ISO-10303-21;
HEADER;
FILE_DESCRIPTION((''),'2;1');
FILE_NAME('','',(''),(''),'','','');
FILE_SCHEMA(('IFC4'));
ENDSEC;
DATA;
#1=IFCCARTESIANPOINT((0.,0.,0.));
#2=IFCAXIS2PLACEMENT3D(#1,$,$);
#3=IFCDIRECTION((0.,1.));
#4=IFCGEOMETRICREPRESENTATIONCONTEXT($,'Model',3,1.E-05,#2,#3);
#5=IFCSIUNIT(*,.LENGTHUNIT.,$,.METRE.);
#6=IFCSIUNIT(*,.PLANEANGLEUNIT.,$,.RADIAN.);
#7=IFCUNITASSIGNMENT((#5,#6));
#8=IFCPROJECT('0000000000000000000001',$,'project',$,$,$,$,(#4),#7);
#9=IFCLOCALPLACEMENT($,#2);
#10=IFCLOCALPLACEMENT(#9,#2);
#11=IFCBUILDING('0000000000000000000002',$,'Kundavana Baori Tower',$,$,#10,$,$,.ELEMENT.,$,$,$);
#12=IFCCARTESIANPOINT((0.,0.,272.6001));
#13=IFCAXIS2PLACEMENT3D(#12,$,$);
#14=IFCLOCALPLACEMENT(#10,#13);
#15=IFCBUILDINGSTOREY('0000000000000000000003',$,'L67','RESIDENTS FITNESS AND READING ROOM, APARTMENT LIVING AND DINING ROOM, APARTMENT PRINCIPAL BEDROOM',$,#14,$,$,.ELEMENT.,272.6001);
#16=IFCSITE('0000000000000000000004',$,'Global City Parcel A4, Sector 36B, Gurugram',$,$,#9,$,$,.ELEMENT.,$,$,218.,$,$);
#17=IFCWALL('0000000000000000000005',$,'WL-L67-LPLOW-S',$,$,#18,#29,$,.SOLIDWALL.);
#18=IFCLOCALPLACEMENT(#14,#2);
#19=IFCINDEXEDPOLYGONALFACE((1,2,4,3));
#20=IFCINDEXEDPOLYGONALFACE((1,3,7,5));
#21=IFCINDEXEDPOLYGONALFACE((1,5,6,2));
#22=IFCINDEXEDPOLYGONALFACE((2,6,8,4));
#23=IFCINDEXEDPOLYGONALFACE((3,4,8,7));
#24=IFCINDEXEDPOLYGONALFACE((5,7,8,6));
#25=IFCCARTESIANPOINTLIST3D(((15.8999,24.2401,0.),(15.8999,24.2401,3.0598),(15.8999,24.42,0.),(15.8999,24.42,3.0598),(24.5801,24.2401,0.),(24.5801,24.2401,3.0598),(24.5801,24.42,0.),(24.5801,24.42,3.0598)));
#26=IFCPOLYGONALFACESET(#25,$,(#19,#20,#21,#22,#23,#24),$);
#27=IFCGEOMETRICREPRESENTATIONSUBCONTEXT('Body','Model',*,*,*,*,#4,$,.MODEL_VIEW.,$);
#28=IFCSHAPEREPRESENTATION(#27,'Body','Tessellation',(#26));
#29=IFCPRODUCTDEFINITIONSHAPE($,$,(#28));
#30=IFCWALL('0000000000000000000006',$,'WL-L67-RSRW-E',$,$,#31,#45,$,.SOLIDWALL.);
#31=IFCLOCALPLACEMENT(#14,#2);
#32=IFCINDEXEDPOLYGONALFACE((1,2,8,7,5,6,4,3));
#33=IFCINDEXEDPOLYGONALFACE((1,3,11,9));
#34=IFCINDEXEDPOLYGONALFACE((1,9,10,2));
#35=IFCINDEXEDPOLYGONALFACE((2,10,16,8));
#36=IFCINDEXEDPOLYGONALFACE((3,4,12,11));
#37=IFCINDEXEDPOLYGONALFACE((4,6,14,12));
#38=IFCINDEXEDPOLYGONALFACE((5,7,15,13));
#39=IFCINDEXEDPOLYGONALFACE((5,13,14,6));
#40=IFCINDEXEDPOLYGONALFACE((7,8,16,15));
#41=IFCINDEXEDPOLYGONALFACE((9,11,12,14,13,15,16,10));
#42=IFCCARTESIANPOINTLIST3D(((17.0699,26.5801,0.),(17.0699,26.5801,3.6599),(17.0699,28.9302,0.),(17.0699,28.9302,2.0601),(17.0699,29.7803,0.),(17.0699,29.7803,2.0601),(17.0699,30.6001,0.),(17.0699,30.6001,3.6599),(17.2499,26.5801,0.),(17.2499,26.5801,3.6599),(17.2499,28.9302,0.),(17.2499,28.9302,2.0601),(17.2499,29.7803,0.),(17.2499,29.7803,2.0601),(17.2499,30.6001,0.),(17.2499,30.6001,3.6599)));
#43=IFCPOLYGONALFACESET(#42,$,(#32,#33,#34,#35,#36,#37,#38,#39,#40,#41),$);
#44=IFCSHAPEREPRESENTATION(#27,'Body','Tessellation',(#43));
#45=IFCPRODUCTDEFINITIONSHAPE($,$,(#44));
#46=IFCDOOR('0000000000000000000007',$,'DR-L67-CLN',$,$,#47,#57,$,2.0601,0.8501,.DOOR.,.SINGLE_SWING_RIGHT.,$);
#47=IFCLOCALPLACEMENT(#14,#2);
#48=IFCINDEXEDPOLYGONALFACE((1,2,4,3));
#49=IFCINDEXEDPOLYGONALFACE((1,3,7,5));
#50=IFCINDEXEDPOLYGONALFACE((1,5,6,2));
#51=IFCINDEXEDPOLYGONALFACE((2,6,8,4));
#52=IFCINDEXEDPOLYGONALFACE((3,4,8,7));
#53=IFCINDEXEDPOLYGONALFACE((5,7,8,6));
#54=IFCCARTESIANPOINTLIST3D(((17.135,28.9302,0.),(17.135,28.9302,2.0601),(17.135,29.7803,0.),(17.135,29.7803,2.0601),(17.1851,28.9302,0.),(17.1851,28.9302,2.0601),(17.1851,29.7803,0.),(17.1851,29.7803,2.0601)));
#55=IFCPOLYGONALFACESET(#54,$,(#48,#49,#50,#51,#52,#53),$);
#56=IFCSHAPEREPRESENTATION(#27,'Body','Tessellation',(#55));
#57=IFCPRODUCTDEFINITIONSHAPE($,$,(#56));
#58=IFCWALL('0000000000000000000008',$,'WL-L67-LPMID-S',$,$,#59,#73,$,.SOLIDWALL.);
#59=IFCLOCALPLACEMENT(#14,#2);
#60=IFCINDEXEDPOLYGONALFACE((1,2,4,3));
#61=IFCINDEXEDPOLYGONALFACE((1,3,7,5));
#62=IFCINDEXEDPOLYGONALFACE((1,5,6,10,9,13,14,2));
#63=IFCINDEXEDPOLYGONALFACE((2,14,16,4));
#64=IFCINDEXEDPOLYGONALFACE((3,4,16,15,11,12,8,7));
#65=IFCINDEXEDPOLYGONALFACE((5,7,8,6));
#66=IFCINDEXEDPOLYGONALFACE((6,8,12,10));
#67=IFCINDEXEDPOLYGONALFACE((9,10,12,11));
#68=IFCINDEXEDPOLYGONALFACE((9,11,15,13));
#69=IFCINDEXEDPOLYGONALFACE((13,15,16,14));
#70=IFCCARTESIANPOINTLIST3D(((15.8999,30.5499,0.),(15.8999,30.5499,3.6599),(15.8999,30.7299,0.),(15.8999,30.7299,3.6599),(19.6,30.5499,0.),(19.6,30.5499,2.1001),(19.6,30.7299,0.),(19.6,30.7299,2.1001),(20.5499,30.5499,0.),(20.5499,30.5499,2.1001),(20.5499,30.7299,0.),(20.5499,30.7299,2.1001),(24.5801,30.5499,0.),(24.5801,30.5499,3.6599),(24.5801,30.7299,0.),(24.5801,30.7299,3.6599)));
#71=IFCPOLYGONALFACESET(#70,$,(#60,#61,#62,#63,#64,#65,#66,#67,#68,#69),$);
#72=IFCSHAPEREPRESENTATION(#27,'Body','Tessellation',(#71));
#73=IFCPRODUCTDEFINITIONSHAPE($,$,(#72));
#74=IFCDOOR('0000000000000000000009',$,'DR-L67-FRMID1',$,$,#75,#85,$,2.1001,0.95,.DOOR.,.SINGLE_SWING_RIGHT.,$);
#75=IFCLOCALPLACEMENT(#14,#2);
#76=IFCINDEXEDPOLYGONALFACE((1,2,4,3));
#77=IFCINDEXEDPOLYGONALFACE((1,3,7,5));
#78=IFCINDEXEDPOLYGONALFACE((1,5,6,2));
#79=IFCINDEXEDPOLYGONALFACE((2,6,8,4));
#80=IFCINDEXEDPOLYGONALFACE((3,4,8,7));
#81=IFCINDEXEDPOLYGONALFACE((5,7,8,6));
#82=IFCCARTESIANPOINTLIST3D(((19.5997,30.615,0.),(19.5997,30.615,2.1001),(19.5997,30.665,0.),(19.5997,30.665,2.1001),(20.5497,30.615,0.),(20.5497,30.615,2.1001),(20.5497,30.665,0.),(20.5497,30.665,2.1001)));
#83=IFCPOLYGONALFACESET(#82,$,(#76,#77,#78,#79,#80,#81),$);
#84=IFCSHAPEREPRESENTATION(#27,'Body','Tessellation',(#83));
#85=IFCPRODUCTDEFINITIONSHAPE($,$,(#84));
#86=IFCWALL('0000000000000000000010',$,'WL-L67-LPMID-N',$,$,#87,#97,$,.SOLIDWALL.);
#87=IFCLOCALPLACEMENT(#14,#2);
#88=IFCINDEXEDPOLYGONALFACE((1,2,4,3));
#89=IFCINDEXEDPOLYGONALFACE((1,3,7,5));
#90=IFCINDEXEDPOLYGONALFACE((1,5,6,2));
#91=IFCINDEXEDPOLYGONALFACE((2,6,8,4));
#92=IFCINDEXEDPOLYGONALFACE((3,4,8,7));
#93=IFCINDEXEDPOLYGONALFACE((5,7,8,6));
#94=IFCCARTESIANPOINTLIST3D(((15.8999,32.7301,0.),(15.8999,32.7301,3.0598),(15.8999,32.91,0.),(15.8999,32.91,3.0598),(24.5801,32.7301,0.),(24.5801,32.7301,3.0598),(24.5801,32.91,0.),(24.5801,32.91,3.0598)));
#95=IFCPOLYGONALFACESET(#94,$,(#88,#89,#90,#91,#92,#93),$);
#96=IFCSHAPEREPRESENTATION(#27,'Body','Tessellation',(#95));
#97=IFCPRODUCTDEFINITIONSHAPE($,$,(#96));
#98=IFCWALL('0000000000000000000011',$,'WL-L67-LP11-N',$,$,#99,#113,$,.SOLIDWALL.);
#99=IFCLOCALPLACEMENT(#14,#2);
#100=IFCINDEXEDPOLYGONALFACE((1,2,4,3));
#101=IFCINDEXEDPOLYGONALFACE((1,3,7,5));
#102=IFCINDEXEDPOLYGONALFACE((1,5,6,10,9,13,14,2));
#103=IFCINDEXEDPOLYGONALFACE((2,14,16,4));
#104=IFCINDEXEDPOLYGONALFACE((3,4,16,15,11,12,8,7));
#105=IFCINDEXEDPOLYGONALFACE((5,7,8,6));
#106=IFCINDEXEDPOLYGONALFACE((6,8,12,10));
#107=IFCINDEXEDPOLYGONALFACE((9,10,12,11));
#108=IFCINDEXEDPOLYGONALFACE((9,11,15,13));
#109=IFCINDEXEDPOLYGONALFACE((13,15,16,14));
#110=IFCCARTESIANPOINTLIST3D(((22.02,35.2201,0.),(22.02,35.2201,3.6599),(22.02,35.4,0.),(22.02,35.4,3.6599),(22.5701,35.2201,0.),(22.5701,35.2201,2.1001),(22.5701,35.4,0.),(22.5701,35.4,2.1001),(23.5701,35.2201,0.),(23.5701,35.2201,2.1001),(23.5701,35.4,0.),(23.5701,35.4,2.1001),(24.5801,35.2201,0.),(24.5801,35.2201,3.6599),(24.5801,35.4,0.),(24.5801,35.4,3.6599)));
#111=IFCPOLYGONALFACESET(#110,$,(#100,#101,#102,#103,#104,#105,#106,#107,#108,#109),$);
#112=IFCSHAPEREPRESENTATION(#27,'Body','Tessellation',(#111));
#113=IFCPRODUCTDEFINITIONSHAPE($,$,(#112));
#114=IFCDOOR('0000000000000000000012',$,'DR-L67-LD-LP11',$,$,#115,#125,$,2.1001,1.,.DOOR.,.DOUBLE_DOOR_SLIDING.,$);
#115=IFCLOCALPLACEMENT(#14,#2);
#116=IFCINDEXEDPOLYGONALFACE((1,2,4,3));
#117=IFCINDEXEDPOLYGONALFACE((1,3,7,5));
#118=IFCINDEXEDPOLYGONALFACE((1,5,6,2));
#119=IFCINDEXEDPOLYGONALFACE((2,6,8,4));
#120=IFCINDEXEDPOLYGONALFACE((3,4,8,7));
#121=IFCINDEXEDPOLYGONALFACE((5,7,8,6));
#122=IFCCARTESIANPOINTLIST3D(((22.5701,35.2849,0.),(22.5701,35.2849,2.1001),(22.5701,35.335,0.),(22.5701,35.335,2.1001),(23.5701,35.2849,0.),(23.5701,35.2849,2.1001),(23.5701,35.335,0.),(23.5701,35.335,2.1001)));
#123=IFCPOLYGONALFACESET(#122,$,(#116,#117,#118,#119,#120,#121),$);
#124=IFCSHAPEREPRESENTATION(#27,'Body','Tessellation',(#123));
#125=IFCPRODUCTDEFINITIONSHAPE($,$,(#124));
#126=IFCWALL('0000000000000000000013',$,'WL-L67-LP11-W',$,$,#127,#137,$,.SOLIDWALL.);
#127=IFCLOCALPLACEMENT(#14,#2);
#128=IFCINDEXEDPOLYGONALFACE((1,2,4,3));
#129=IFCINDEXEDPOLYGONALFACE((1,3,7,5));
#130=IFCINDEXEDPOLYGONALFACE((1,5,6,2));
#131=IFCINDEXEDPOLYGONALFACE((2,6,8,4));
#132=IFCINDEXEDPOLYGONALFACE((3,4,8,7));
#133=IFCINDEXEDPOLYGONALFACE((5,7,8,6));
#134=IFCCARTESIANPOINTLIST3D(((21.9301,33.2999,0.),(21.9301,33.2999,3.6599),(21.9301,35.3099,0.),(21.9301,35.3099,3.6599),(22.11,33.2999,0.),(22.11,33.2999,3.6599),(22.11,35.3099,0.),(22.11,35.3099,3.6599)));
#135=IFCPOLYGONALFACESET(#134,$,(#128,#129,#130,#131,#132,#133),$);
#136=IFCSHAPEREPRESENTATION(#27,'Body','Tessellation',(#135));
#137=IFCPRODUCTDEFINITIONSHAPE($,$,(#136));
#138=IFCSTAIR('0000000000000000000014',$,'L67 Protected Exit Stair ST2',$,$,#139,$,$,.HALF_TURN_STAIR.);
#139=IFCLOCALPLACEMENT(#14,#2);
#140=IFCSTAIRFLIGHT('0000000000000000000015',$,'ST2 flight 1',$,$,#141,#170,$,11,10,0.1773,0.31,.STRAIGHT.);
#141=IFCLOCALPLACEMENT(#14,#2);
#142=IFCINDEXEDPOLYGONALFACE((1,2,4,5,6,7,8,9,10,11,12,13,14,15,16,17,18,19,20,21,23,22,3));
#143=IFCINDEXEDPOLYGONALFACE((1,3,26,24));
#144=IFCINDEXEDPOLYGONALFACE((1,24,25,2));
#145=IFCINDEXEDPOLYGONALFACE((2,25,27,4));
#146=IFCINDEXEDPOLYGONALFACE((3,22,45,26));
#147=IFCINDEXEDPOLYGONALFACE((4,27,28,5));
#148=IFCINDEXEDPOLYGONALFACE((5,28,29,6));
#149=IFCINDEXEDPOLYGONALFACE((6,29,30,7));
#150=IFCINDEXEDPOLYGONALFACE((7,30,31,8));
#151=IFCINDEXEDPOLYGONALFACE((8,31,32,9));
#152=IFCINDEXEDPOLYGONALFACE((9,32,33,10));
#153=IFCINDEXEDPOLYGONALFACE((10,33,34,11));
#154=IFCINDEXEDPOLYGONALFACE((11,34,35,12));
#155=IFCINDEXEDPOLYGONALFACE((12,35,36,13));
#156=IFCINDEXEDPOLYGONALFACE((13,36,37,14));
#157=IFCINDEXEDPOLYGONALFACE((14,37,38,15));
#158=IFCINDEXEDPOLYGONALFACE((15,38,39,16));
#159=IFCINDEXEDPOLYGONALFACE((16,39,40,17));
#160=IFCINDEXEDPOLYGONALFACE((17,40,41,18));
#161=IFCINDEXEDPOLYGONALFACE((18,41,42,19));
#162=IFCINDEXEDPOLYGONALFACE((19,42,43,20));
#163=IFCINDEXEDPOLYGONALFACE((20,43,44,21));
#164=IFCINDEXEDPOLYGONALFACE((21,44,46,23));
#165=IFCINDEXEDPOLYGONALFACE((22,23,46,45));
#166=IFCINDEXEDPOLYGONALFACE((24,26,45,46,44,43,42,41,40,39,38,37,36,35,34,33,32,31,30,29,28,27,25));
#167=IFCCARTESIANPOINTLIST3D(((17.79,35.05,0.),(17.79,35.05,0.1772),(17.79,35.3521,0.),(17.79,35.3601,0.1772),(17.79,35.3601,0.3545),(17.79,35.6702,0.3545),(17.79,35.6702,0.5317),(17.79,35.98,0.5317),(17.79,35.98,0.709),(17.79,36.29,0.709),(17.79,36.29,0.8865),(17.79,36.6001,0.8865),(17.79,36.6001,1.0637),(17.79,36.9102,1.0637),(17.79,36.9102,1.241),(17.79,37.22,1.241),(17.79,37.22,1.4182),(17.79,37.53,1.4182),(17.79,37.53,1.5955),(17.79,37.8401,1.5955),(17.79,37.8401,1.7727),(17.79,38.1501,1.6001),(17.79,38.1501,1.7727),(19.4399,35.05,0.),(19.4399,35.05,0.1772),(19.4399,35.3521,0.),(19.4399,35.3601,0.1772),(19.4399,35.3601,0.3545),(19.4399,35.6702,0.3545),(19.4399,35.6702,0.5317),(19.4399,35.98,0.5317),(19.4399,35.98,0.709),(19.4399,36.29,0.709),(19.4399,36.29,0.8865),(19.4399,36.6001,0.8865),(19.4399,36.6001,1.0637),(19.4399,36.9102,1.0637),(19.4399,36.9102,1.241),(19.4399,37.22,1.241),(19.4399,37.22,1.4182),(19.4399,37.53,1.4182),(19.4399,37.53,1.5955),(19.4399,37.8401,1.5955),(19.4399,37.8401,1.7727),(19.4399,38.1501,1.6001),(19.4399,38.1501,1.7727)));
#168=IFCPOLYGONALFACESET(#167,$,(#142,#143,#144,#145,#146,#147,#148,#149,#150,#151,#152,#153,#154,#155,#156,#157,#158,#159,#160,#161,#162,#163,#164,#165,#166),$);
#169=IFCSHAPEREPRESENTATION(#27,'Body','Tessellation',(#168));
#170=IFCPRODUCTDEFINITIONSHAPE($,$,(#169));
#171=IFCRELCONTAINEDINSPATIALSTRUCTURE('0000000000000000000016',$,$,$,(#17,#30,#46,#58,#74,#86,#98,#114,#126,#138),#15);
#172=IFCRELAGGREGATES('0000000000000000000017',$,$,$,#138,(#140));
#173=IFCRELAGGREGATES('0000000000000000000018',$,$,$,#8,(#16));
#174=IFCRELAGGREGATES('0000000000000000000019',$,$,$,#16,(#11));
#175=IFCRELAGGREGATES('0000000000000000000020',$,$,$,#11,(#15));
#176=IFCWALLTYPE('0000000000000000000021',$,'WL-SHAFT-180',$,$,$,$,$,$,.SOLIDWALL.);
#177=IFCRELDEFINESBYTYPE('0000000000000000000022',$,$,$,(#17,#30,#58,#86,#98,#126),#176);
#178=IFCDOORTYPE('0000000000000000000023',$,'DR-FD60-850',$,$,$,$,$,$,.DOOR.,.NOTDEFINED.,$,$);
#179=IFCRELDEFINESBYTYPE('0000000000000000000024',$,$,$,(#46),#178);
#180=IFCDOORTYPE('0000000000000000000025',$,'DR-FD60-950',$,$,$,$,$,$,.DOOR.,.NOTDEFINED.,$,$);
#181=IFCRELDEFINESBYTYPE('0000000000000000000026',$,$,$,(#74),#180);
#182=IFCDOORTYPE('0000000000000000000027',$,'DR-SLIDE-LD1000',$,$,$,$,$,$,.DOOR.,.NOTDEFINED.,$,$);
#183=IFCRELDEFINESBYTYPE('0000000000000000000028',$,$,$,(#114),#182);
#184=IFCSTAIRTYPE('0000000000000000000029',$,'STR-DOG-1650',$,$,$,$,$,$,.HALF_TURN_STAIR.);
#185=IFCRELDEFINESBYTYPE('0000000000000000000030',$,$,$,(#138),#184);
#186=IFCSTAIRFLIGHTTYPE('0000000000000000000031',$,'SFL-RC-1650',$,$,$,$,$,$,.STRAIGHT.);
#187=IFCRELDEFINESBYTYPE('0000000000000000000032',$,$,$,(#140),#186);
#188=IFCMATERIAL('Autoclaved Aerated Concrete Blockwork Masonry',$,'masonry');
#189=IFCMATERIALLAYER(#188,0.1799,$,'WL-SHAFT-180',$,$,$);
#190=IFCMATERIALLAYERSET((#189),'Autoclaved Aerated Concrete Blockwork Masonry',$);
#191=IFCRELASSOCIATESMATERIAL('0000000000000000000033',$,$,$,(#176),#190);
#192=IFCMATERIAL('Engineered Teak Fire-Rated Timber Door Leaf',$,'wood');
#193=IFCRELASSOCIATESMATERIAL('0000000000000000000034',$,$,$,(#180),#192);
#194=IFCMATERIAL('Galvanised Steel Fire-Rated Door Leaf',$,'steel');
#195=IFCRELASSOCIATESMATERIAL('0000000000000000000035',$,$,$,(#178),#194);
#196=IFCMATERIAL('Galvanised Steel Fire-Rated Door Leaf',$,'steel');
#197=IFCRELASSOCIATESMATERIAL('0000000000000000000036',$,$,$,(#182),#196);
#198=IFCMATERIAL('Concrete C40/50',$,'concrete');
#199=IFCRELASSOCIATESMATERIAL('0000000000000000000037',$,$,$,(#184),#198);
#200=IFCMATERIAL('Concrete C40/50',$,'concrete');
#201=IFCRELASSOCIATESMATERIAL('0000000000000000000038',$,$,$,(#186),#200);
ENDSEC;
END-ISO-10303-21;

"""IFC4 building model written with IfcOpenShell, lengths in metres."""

from ifc_helpers import new_model, si_unit, direction, frame, frame_2d, origin, place, context, subcontext, project, spatial, polyline, rectangle, outline, extrude, material, layer, layer_set, type_object, element, fill, aggregate, save


model = new_model("IFC4")

# Units and contexts
model_context = context("Model", 3, precision=1e-05, world=origin(), true_north=direction((0.0, 1.0)))
body_context = subcontext(model_context, "Body", "Model", "MODEL_VIEW")
ifc_project = project(units=[si_unit("LENGTHUNIT", "METRE"), si_unit("PLANEANGLEUNIT", "RADIAN")], contexts=[model_context])

# Site, building, storey
site_placement = place(None, origin())
site = spatial("IfcSite", under=ifc_project, at=site_placement, Name="Global City Parcel A4, Sector 36B, Gurugram", CompositionType="ELEMENT", RefElevation=218.0)
building_placement = place(site_placement, origin())
building = spatial("IfcBuilding", under=site, at=building_placement, Name="Kundavana Baori Tower", CompositionType="ELEMENT")
storey_placement = place(building_placement, frame((0.0, 0.0, 272.6001)))
storey = spatial("IfcBuildingStorey", under=building, at=storey_placement, Name="L67", Description="RESIDENTS FITNESS AND READING ROOM, APARTMENT LIVING AND DINING ROOM, APARTMENT PRINCIPAL BEDROOM", CompositionType="ELEMENT", Elevation=272.6001)

# Shared definitions
ifc_material_1 = material(Name="Autoclaved Aerated Concrete Blockwork Masonry", Category="masonry")
ifc_layer_1 = layer(ifc_material_1, 0.1799, Name="WL-SHAFT-180")
ifc_layer_set_1 = layer_set([ifc_layer_1], Name="Autoclaved Aerated Concrete Blockwork Masonry")
wall_type_1 = type_object("IfcWallType", Name="WL-SHAFT-180", PredefinedType="SOLIDWALL", material=ifc_layer_set_1)
ifc_material_2 = material(Name="Engineered Teak Fire-Rated Timber Door Leaf", Category="wood")
door_type_1 = type_object("IfcDoorType", Name="DR-FD60-950", OperationType="NOTDEFINED", PredefinedType="DOOR", material=ifc_material_2)

# Wall
wall_1_placement = place(storey_placement, frame((15.8999, 24.3301, 0.0), z_axis=(0.0, 0.0, 1.0), x_axis=(1.0, 0.0, 0.0)))
element("IfcWall", 1, at=wall_1_placement, inside=storey, type_object=wall_type_1, Name="WL-L67-LPLOW-S", PredefinedType="SOLIDWALL", context=body_context, shape_type="SweptSolid", body=[
    extrude(rectangle(XDim=8.6802, YDim=0.1799, at=frame_2d((4.3401, 0.0))), origin(), (0.0, 0.0, 1.0), 3.0598),
])

# Walls, openings, doors
wall_2_placement = place(storey_placement, frame((17.1599, 26.5801, 0.0), z_axis=(0.0, 0.0, 1.0), x_axis=(0.0, 1.0, 0.0)))
wall_2 = element("IfcWall", 2, at=wall_2_placement, inside=storey, type_object=wall_type_1, Name="WL-L67-RSRW-E", PredefinedType="SOLIDWALL", context=body_context, shape_type="SweptSolid", body=[
    extrude(rectangle(XDim=4.02, YDim=0.1799, at=frame_2d((2.01, 0.0))), origin(), (0.0, 0.0, 1.0), 3.6599),
])
opening_1_placement = place(wall_2_placement, frame((2.3501, 0.0, 0.0)))
opening_1 = element("IfcOpeningElement", 3, at=opening_1_placement, cuts=wall_2, PredefinedType="OPENING", context=body_context, shape_type="SweptSolid", body=[
    extrude(rectangle(XDim=0.8501, YDim=2.0601, at=frame_2d((0.425, 1.03))), frame((0.0, 0.1001, 0.0), z_axis=(0.0, -1.0, 0.0), x_axis=(1.0, 0.0, 0.0)), (0.0, 0.0, 1.0), 0.2),
])
ifc_material_3 = material(Name="Galvanised Steel Fire-Rated Door Leaf", Category="steel")
door_type_2 = type_object("IfcDoorType", Name="DR-FD60-850", OperationType="NOTDEFINED", PredefinedType="DOOR", material=ifc_material_3)
door_1_placement = place(opening_1_placement, origin())
door_1 = element("IfcDoor", 4, at=door_1_placement, inside=storey, type_object=door_type_2, Name="DR-L67-CLN", OperationType="SINGLE_SWING_RIGHT", OverallHeight=2.0601, OverallWidth=0.8501, PredefinedType="DOOR", context=body_context, shape_type="SweptSolid", body=[
    extrude(rectangle(XDim=0.8501, YDim=2.0601, at=frame_2d((0.425, 1.03))), frame((0.0, 0.0249, 0.0), z_axis=(0.0, -1.0, 0.0), x_axis=(1.0, 0.0, 0.0)), (0.0, 0.0, 1.0), 0.05),
])
fill(opening_1, door_1)
wall_3_placement = place(storey_placement, frame((15.8999, 30.6399, 0.0), z_axis=(0.0, 0.0, 1.0), x_axis=(1.0, 0.0, 0.0)))
wall_3 = element("IfcWall", 5, at=wall_3_placement, inside=storey, type_object=wall_type_1, Name="WL-L67-LPMID-S", PredefinedType="SOLIDWALL", context=body_context, shape_type="SweptSolid", body=[
    extrude(rectangle(XDim=8.6802, YDim=0.1799, at=frame_2d((4.3401, 0.0))), origin(), (0.0, 0.0, 1.0), 3.6599),
])
opening_2_placement = place(wall_3_placement, frame((3.7, 0.0, 0.0)))
opening_2 = element("IfcOpeningElement", 6, at=opening_2_placement, cuts=wall_3, PredefinedType="OPENING", context=body_context, shape_type="SweptSolid", body=[
    extrude(rectangle(XDim=0.95, YDim=2.1001, at=frame_2d((0.4751, 1.05))), frame((0.0, 0.1001, 0.0), z_axis=(0.0, -1.0, 0.0), x_axis=(1.0, 0.0, 0.0)), (0.0, 0.0, 1.0), 0.2),
])
door_2_placement = place(opening_2_placement, frame((0.95, 0.0, 0.0), z_axis=(0.0, 0.0, 1.0), x_axis=(-1.0, 0.0, 0.0)))
door_2 = element("IfcDoor", 7, at=door_2_placement, inside=storey, type_object=door_type_1, Name="DR-L67-FRMID1", OperationType="SINGLE_SWING_RIGHT", OverallHeight=2.1001, OverallWidth=0.95, PredefinedType="DOOR", context=body_context, shape_type="SweptSolid", body=[
    extrude(rectangle(XDim=0.95, YDim=2.1001, at=frame_2d((0.4751, 1.05))), frame((0.0, 0.0249, 0.0), z_axis=(0.0, -1.0, 0.0), x_axis=(1.0, 0.0, 0.0)), (0.0, 0.0, 1.0), 0.05),
])
fill(opening_2, door_2)

# Wall
wall_4_placement = place(storey_placement, frame((15.8999, 32.8201, 0.0), z_axis=(0.0, 0.0, 1.0), x_axis=(1.0, 0.0, 0.0)))
element("IfcWall", 8, at=wall_4_placement, inside=storey, type_object=wall_type_1, Name="WL-L67-LPMID-N", PredefinedType="SOLIDWALL", context=body_context, shape_type="SweptSolid", body=[
    extrude(rectangle(XDim=8.6802, YDim=0.1799, at=frame_2d((4.3401, 0.0))), origin(), (0.0, 0.0, 1.0), 3.0598),
])

# Wall, opening, door
wall_5_placement = place(storey_placement, frame((22.02, 35.3101, 0.0), z_axis=(0.0, 0.0, 1.0), x_axis=(1.0, 0.0, 0.0)))
wall_5 = element("IfcWall", 9, at=wall_5_placement, inside=storey, type_object=wall_type_1, Name="WL-L67-LP11-N", PredefinedType="SOLIDWALL", context=body_context, shape_type="SweptSolid", body=[
    extrude(rectangle(XDim=2.5601, YDim=0.1799, at=frame_2d((1.28, 0.0))), origin(), (0.0, 0.0, 1.0), 3.6599),
])
opening_3_placement = place(wall_5_placement, frame((0.55, 0.0, 0.0)))
opening_3 = element("IfcOpeningElement", 10, at=opening_3_placement, cuts=wall_5, PredefinedType="OPENING", context=body_context, shape_type="SweptSolid", body=[
    extrude(rectangle(XDim=1.0, YDim=2.1001, at=frame_2d((0.5, 1.05))), frame((0.0, 0.1001, 0.0), z_axis=(0.0, -1.0, 0.0), x_axis=(1.0, 0.0, 0.0)), (0.0, 0.0, 1.0), 0.2),
])
ifc_material_4 = material(Name="Galvanised Steel Fire-Rated Door Leaf", Category="steel")
door_type_3 = type_object("IfcDoorType", Name="DR-SLIDE-LD1000", OperationType="NOTDEFINED", PredefinedType="DOOR", material=ifc_material_4)
door_3_placement = place(opening_3_placement, origin())
door_3 = element("IfcDoor", 11, at=door_3_placement, inside=storey, type_object=door_type_3, Name="DR-L67-LD-LP11", OperationType="DOUBLE_DOOR_SLIDING", OverallHeight=2.1001, OverallWidth=1.0, PredefinedType="DOOR", context=body_context, shape_type="SweptSolid", body=[
    extrude(rectangle(XDim=1.0, YDim=2.1001, at=frame_2d((0.5, 1.05))), frame((0.0, 0.0249, 0.0), z_axis=(0.0, -1.0, 0.0), x_axis=(1.0, 0.0, 0.0)), (0.0, 0.0, 1.0), 0.05),
])
fill(opening_3, door_3)

# Wall
wall_6_placement = place(storey_placement, frame((22.02, 33.3, 0.0), z_axis=(0.0, 0.0, 1.0), x_axis=(0.0, 1.0, 0.0)))
element("IfcWall", 12, at=wall_6_placement, inside=storey, type_object=wall_type_1, Name="WL-L67-LP11-W", PredefinedType="SOLIDWALL", context=body_context, shape_type="SweptSolid", body=[
    extrude(rectangle(XDim=2.01, YDim=0.1799, at=frame_2d((1.0049, 0.0))), origin(), (0.0, 0.0, 1.0), 3.6599),
])

# Stair, stair flight
ifc_material_5 = material(Name="Concrete C40/50", Category="concrete")
stair_type = type_object("IfcStairType", Name="STR-DOG-1650", PredefinedType="HALF_TURN_STAIR", material=ifc_material_5)
stair_placement = place(storey_placement, origin())
stair = element("IfcStair", 13, at=stair_placement, inside=storey, type_object=stair_type, Name="L67 Protected Exit Stair ST2", PredefinedType="HALF_TURN_STAIR")
ifc_material_6 = material(Name="Concrete C40/50", Category="concrete")
stair_flight_type = type_object("IfcStairFlightType", Name="SFL-RC-1650", PredefinedType="STRAIGHT", material=ifc_material_6)
stair_flight_placement = place(storey_placement, frame((18.615, 35.05, 0.0), z_axis=(0.0, 0.0, 1.0), x_axis=(0.0, 1.0, 0.0)))
stair_flight = element("IfcStairFlight", 14, at=stair_flight_placement, type_object=stair_flight_type, Name="ST2 flight 1", NumberOfRisers=11, NumberOfTreads=10, PredefinedType="STRAIGHT", RiserHeight=0.1773, TreadLength=0.31, context=body_context, shape_type="SweptSolid", body=[
    extrude(outline(polyline([(0.0, 0.0), (0.0, 0.1772), (0.3101, 0.1772), (0.3101, 0.3545), (0.6201, 0.3545), (0.6201, 0.5317), (0.9299, 0.5317), (0.9299, 0.709), (1.24, 0.709), (1.24, 0.8865), (1.55, 0.8865), (1.55, 1.0637), (1.8601, 1.0637), (1.8601, 1.241), (2.1699, 1.241), (2.1699, 1.4182), (2.48, 1.4182), (2.48, 1.5955), (2.79, 1.5955), (2.79, 1.7727), (3.1001, 1.7727), (3.1001, 1.95), (3.1001, 1.6001), (0.302, 0.0), (0.0, 0.0)])), frame((0.0, 0.825, 0.0), z_axis=(0.0, -1.0, 0.0), x_axis=(1.0, 0.0, 0.0)), (0.0, 0.0, 1.0), 1.6499),
])
aggregate(stair, [stair_flight])

save(model, "model.ifc")
